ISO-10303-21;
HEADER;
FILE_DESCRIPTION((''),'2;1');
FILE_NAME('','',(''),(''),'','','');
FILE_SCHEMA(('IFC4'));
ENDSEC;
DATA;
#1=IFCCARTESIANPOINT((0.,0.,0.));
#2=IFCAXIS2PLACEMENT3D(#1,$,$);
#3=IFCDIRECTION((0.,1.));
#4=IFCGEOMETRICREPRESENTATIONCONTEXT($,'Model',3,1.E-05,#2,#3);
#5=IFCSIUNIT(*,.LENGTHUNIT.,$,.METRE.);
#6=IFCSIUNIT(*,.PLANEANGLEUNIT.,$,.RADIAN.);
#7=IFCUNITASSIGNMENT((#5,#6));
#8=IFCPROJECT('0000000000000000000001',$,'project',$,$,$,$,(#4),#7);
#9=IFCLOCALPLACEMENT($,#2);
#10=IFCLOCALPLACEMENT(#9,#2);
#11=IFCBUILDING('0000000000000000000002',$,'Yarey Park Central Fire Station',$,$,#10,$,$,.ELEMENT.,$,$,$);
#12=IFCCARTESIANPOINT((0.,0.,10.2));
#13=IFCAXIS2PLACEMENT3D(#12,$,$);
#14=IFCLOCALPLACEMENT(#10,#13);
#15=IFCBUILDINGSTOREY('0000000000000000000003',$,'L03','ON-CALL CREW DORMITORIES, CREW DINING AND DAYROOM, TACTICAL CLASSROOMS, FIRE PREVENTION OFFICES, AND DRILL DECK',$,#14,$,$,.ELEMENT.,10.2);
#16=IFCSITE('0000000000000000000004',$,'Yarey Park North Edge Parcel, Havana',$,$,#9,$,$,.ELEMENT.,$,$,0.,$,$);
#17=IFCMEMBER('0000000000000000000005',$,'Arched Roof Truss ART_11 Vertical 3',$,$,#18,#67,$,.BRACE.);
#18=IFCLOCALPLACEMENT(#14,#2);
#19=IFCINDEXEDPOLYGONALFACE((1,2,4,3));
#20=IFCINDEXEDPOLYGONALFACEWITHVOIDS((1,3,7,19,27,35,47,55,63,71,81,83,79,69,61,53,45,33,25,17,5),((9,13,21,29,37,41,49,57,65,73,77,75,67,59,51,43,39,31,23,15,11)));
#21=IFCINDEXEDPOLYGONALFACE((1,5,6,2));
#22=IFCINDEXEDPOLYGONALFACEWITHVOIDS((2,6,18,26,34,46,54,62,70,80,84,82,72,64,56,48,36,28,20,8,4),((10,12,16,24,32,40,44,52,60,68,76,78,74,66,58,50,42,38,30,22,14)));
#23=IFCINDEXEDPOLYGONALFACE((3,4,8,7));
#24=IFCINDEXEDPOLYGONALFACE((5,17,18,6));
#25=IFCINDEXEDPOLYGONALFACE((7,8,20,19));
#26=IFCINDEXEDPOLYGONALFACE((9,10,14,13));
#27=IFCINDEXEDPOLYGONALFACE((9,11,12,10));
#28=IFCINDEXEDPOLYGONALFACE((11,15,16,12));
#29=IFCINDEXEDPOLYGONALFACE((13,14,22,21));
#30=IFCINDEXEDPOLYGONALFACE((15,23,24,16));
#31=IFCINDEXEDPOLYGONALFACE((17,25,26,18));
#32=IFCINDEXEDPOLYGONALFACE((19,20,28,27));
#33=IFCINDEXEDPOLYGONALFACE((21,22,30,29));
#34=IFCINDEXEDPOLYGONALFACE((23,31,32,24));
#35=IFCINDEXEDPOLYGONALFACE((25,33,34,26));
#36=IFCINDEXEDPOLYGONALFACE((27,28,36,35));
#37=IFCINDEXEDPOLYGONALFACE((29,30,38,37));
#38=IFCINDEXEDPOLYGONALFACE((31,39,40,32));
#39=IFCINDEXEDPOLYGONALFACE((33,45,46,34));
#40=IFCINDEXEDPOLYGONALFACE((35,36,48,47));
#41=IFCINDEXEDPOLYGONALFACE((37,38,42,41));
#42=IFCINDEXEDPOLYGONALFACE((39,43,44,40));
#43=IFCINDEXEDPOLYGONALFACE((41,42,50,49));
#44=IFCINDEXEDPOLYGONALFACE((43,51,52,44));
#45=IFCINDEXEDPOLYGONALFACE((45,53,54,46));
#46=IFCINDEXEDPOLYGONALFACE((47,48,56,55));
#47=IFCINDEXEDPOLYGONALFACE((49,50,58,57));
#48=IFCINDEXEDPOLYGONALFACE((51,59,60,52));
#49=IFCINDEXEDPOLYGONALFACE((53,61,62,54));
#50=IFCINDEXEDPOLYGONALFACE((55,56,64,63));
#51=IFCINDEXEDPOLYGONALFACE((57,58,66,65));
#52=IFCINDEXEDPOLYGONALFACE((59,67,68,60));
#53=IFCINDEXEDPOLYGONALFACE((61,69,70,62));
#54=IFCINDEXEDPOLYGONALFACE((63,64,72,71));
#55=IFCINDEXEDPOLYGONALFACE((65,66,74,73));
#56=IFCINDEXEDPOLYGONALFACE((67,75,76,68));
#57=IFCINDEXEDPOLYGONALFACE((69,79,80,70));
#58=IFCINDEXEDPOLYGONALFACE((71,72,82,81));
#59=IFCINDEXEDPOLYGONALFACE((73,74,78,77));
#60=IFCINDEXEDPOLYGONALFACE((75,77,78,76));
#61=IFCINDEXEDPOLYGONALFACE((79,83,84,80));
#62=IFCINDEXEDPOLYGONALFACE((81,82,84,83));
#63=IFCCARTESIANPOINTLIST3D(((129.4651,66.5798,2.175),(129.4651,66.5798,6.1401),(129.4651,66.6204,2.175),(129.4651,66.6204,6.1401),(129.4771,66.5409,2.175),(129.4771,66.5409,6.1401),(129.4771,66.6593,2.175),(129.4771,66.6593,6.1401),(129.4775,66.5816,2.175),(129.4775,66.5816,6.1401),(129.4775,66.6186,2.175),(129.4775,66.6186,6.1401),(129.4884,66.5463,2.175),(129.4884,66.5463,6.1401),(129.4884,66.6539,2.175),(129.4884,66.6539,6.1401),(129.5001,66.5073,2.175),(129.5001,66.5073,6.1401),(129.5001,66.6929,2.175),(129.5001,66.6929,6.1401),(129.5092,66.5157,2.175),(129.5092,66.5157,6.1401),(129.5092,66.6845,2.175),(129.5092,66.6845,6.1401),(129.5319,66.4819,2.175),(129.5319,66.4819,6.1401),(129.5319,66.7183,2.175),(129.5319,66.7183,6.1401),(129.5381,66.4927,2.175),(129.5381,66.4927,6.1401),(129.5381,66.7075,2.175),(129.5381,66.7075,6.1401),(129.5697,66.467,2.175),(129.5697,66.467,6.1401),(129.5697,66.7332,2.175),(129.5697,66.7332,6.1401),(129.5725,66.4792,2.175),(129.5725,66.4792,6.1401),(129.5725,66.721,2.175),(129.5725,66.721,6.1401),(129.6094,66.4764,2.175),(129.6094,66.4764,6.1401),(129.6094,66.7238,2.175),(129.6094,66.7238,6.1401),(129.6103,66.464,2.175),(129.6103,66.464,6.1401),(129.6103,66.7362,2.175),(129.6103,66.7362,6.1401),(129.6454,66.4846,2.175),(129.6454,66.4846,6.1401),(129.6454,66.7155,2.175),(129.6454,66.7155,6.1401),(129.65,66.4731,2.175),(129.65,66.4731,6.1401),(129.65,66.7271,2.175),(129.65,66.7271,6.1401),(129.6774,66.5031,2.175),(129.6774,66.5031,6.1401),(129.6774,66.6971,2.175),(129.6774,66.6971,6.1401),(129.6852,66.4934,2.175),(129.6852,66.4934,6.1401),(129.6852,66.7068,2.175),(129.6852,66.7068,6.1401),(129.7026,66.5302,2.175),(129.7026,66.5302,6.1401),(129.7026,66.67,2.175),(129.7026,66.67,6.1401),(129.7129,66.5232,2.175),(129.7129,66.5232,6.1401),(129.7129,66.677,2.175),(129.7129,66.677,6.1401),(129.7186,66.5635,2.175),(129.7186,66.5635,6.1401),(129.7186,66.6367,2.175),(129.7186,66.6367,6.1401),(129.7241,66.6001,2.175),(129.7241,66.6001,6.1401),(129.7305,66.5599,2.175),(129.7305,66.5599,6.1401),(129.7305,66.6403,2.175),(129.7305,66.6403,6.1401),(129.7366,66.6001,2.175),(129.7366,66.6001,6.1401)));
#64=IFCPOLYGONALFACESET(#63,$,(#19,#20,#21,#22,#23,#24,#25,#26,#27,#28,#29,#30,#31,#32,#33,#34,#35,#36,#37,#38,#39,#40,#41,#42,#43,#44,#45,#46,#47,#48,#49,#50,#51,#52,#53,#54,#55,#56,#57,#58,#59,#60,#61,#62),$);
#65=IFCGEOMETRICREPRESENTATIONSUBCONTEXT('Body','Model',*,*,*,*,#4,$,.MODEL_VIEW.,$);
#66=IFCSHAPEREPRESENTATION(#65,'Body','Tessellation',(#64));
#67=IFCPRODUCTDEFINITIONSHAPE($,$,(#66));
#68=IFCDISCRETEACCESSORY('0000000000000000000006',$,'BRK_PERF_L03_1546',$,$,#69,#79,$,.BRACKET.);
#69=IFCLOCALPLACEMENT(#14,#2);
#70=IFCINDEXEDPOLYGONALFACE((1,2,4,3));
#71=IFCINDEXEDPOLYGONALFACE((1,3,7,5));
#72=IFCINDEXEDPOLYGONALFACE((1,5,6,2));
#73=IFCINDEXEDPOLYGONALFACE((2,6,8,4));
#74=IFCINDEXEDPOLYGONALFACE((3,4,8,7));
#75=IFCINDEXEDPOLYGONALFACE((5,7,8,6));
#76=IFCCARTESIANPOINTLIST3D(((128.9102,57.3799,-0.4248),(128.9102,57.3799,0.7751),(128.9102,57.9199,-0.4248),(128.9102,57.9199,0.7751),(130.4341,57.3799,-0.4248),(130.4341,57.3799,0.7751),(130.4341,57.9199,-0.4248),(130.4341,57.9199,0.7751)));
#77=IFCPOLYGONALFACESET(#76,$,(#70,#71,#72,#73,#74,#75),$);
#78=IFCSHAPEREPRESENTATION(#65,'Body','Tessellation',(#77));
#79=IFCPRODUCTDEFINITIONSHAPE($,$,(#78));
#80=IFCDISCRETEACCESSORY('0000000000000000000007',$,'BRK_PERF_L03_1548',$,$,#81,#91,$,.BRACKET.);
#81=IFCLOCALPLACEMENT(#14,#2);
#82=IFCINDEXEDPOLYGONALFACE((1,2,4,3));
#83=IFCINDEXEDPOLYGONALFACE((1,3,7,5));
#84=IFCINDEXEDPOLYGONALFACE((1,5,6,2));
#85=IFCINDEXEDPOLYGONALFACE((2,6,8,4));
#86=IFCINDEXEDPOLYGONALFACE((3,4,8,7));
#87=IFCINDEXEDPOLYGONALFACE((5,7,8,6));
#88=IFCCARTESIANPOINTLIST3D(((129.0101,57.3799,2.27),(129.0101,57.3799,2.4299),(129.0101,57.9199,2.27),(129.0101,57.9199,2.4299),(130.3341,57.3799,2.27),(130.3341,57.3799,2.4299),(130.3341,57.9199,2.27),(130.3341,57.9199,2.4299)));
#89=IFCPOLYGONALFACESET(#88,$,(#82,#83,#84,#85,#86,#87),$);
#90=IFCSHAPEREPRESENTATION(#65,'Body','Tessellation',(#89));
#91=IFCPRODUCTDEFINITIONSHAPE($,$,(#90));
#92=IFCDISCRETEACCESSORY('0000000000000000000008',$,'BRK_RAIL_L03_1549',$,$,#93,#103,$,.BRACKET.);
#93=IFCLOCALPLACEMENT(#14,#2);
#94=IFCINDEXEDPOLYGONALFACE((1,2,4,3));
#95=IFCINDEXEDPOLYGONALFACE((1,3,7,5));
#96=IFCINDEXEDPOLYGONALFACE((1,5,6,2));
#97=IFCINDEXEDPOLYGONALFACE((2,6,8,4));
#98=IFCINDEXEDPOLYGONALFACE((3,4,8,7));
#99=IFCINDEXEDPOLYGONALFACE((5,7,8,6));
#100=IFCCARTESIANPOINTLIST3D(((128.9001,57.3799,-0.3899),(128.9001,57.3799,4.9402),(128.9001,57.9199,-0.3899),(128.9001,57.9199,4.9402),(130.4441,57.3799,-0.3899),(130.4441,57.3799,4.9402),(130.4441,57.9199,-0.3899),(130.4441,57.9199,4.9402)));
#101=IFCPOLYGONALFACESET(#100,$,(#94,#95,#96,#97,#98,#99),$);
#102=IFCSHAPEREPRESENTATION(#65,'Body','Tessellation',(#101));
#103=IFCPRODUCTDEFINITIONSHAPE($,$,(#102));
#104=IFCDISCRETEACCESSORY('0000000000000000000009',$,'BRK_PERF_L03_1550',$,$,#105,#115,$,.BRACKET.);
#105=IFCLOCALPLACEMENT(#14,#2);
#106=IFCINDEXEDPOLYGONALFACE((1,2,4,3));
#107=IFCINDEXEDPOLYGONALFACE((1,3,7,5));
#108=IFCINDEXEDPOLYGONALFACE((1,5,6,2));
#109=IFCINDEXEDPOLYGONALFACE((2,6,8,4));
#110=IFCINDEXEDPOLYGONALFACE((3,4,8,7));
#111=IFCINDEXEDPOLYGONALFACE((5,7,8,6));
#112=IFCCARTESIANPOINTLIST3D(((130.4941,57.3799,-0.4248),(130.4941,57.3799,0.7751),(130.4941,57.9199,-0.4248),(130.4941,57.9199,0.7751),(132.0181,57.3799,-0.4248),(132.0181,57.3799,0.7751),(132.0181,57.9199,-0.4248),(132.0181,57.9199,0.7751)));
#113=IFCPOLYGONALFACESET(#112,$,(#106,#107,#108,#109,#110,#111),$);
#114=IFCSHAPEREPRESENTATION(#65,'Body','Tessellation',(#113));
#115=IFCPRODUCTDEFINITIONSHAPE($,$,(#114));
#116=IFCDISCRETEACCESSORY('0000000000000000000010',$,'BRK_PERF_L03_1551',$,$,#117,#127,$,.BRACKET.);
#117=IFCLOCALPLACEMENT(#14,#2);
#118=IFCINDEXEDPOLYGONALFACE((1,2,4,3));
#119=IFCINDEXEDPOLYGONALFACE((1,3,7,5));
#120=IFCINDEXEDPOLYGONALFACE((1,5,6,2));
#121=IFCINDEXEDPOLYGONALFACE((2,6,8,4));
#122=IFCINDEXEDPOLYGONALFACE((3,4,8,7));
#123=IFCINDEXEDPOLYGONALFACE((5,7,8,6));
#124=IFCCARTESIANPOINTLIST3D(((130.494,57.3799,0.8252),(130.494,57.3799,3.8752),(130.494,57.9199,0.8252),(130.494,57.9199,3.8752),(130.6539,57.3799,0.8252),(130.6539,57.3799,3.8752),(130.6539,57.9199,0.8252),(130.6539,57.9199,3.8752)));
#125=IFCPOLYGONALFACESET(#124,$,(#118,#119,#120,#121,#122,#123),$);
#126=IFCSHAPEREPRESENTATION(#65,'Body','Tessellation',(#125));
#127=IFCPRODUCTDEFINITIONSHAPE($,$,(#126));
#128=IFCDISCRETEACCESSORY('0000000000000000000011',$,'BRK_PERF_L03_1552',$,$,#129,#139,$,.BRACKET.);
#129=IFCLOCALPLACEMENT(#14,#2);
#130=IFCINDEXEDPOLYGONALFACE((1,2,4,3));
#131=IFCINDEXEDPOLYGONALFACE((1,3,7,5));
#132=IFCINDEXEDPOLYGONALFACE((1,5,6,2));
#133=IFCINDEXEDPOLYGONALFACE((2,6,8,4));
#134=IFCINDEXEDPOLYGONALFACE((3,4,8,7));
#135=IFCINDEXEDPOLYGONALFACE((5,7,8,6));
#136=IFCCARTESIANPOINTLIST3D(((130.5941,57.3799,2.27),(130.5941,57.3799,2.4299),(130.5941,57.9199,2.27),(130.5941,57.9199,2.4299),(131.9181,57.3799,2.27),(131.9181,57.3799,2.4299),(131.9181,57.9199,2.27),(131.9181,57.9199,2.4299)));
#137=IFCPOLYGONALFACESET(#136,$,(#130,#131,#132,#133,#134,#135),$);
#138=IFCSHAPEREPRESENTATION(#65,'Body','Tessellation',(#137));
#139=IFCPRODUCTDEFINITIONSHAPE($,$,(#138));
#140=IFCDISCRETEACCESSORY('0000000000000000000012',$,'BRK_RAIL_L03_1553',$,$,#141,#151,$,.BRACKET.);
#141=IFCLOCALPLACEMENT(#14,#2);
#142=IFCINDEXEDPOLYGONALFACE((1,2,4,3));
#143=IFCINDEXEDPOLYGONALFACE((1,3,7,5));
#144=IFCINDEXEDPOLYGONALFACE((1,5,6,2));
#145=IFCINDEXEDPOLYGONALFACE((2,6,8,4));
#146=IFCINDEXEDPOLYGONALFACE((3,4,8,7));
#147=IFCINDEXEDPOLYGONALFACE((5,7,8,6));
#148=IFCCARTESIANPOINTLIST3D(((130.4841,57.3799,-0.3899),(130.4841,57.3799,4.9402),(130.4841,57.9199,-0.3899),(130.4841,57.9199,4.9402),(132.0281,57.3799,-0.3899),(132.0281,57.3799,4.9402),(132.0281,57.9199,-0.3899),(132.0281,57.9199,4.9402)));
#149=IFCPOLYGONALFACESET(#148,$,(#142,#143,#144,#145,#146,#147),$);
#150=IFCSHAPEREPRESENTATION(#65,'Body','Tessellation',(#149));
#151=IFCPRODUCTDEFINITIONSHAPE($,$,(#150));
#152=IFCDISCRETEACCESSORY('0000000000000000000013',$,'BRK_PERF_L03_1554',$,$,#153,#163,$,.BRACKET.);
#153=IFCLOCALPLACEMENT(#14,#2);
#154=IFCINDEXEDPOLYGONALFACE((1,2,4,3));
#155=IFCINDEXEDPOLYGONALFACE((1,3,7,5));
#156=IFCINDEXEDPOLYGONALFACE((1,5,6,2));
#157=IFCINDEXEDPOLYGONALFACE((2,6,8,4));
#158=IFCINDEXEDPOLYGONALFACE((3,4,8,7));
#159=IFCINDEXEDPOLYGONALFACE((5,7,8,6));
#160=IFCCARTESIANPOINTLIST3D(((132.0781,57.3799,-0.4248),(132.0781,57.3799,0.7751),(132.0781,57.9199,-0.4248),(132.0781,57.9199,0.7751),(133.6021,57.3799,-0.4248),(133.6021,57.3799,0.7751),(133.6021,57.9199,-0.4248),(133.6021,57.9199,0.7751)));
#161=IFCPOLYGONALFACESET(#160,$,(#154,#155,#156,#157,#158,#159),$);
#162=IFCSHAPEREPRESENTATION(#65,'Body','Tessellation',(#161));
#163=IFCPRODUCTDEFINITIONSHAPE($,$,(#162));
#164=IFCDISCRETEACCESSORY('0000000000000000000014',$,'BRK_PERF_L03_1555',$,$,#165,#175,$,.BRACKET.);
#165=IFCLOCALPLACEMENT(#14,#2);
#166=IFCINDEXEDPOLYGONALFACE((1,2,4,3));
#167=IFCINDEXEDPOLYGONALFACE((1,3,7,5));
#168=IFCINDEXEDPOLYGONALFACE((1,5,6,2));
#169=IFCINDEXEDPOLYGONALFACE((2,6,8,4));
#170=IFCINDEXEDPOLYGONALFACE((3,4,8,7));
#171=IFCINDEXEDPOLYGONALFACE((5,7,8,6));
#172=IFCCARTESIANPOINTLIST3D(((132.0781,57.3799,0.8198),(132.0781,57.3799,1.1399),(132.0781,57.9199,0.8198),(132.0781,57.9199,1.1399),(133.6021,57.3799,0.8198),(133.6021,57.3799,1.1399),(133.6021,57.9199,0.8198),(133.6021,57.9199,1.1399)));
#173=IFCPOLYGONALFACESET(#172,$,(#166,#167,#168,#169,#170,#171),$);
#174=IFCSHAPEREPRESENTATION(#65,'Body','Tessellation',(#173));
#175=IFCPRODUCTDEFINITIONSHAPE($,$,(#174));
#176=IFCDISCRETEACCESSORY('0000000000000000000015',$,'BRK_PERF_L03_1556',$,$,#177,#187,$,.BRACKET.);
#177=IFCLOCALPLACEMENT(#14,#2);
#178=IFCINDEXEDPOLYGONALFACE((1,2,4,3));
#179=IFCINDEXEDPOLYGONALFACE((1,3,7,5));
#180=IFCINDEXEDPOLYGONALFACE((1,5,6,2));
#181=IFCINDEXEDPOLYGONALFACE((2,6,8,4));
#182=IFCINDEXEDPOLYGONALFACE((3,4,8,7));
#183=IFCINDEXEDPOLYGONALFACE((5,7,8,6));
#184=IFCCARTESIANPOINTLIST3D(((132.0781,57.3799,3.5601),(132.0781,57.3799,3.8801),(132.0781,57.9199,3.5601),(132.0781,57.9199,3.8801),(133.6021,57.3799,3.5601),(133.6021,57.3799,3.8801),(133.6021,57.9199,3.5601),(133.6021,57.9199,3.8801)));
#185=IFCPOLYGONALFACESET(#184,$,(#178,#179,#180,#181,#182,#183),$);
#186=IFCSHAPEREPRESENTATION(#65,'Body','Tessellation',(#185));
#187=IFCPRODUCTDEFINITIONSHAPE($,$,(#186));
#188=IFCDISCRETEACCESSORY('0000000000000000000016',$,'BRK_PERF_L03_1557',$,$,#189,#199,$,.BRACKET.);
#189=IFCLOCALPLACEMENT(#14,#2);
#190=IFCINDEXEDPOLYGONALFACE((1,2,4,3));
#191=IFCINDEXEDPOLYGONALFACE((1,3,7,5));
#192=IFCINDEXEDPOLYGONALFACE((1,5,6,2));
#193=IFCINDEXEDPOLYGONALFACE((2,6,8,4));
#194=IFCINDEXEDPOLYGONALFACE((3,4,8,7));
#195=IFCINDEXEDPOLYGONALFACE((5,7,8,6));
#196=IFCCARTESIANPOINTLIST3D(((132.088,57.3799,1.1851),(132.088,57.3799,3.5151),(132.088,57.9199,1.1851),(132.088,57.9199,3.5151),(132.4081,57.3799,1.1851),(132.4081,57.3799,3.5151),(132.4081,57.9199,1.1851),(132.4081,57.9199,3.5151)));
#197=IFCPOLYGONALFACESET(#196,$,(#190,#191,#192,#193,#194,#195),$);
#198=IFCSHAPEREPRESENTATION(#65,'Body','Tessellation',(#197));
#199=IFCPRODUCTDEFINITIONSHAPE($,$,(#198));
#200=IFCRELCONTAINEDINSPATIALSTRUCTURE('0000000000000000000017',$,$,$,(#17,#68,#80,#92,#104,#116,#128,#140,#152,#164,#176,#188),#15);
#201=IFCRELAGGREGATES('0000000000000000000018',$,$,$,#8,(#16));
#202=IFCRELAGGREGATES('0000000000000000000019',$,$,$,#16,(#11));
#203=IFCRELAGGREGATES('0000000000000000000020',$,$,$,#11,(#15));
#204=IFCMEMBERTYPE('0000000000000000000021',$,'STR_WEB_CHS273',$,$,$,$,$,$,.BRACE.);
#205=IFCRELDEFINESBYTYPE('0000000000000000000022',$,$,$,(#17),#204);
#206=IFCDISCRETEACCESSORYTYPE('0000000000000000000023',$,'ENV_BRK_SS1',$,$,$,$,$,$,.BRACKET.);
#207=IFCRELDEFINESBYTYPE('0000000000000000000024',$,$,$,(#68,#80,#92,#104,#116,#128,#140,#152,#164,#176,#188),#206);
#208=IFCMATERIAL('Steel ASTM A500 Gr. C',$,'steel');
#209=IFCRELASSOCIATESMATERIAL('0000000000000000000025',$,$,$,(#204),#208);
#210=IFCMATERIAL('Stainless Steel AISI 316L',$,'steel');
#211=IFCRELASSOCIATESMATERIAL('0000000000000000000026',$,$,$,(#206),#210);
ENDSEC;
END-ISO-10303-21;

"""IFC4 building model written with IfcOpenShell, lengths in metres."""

from ifc_helpers import new_model, si_unit, direction, frame, origin, origin_2d, place, context, subcontext, project, spatial, rectangle, hollow_circle, extrude, material, material_profile, profile_set, type_object, element, save


model = new_model("IFC4")

# Units and contexts
model_context = context("Model", 3, precision=1e-05, world=origin(), true_north=direction((0.0, 1.0)))
body_context = subcontext(model_context, "Body", "Model", "MODEL_VIEW")
ifc_project = project(units=[si_unit("LENGTHUNIT", "METRE"), si_unit("PLANEANGLEUNIT", "RADIAN")], contexts=[model_context])

# Site, building, storey
site_placement = place(None, origin())
site = spatial("IfcSite", under=ifc_project, at=site_placement, Name="Yarey Park North Edge Parcel, Havana", CompositionType="ELEMENT", RefElevation=0.0)
building_placement = place(site_placement, origin())
building = spatial("IfcBuilding", under=site, at=building_placement, Name="Yarey Park Central Fire Station", CompositionType="ELEMENT")
storey_placement = place(building_placement, frame((0.0, 0.0, 10.2)))
storey = spatial("IfcBuildingStorey", under=building, at=storey_placement, Name="L03", Description="ON-CALL CREW DORMITORIES, CREW DINING AND DAYROOM, TACTICAL CLASSROOMS, FIRE PREVENTION OFFICES, AND DRILL DECK", CompositionType="ELEMENT", Elevation=10.2)

# Shared definitions
ifc_material_1 = material(Name="Steel ASTM A500 Gr. C", Category="steel")

# Member
ifc_material_profile_1 = material_profile(ifc_material_1, hollow_circle(Radius=0.1365, WallThickness=0.0125, at=origin_2d()), Name="CHS 273x12.5")
ifc_profile_set_1 = profile_set([ifc_material_profile_1], Name="Steel ASTM A500 Gr. C")
member_type_1 = type_object("IfcMemberType", Name="STR_WEB_CHS273", PredefinedType="BRACE", material=ifc_profile_set_1)
member_1_placement = place(storey_placement, frame((129.6001, 66.6001, 2.175), z_axis=(0.0, 0.0, 1.0), x_axis=(1.0, 0.0, 0.0)))
element("IfcMember", 1, at=member_1_placement, inside=storey, type_object=member_type_1, Name="Arched Roof Truss ART_11 Vertical 3", PredefinedType="BRACE", context=body_context, shape_type="SweptSolid", body=[
    extrude(hollow_circle(Radius=0.1365, WallThickness=0.0125, at=origin_2d()), origin(), (0.0, 0.0, 1.0), 3.9651),
])

# Discrete accessories
ifc_material_2 = material(Name="Stainless Steel AISI 316L", Category="steel")
discrete_accessory_type = type_object("IfcDiscreteAccessoryType", Name="ENV_BRK_SS1", PredefinedType="BRACKET", material=ifc_material_2)
discrete_accessory_1_placement = place(storey_placement, frame((129.6721, 57.6499, -0.4248), z_axis=(0.0, 0.0, 1.0), x_axis=(1.0, 0.0, 0.0)))
element("IfcDiscreteAccessory", 2, at=discrete_accessory_1_placement, inside=storey, type_object=discrete_accessory_type, Name="BRK_PERF_L03_1546", PredefinedType="BRACKET", context=body_context, shape_type="SweptSolid", body=[
    extrude(rectangle(XDim=1.5239, YDim=0.54, at=origin_2d()), origin(), (0.0, 0.0, 1.0), 1.2),
])
discrete_accessory_2_placement = place(storey_placement, frame((129.6721, 57.6499, 2.27), z_axis=(0.0, 0.0, 1.0), x_axis=(1.0, 0.0, 0.0)))
element("IfcDiscreteAccessory", 3, at=discrete_accessory_2_placement, inside=storey, type_object=discrete_accessory_type, Name="BRK_PERF_L03_1548", PredefinedType="BRACKET", context=body_context, shape_type="SweptSolid", body=[
    extrude(rectangle(XDim=1.324, YDim=0.54, at=origin_2d()), origin(), (0.0, 0.0, 1.0), 0.1599),
])
discrete_accessory_3_placement = place(storey_placement, frame((129.6721, 57.6499, -0.3899), z_axis=(0.0, 0.0, 1.0), x_axis=(1.0, 0.0, 0.0)))
element("IfcDiscreteAccessory", 4, at=discrete_accessory_3_placement, inside=storey, type_object=discrete_accessory_type, Name="BRK_RAIL_L03_1549", PredefinedType="BRACKET", context=body_context, shape_type="SweptSolid", body=[
    extrude(rectangle(XDim=1.5439, YDim=0.54, at=origin_2d()), origin(), (0.0, 0.0, 1.0), 5.3301),
])
discrete_accessory_4_placement = place(storey_placement, frame((131.2561, 57.6499, -0.4248), z_axis=(0.0, 0.0, 1.0), x_axis=(1.0, 0.0, 0.0)))
element("IfcDiscreteAccessory", 5, at=discrete_accessory_4_placement, inside=storey, type_object=discrete_accessory_type, Name="BRK_PERF_L03_1550", PredefinedType="BRACKET", context=body_context, shape_type="SweptSolid", body=[
    extrude(rectangle(XDim=1.5239, YDim=0.54, at=origin_2d()), origin(), (0.0, 0.0, 1.0), 1.2),
])
discrete_accessory_5_placement = place(storey_placement, frame((130.574, 57.6499, 0.8252), z_axis=(0.0, 0.0, 1.0), x_axis=(1.0, 0.0, 0.0)))
element("IfcDiscreteAccessory", 6, at=discrete_accessory_5_placement, inside=storey, type_object=discrete_accessory_type, Name="BRK_PERF_L03_1551", PredefinedType="BRACKET", context=body_context, shape_type="SweptSolid", body=[
    extrude(rectangle(XDim=0.1599, YDim=0.54, at=origin_2d()), origin(), (0.0, 0.0, 1.0), 3.05),
])
discrete_accessory_6_placement = place(storey_placement, frame((131.2561, 57.6499, 2.27), z_axis=(0.0, 0.0, 1.0), x_axis=(1.0, 0.0, 0.0)))
element("IfcDiscreteAccessory", 7, at=discrete_accessory_6_placement, inside=storey, type_object=discrete_accessory_type, Name="BRK_PERF_L03_1552", PredefinedType="BRACKET", context=body_context, shape_type="SweptSolid", body=[
    extrude(rectangle(XDim=1.324, YDim=0.54, at=origin_2d()), origin(), (0.0, 0.0, 1.0), 0.1599),
])
discrete_accessory_7_placement = place(storey_placement, frame((131.2561, 57.6499, -0.3899), z_axis=(0.0, 0.0, 1.0), x_axis=(1.0, 0.0, 0.0)))
element("IfcDiscreteAccessory", 8, at=discrete_accessory_7_placement, inside=storey, type_object=discrete_accessory_type, Name="BRK_RAIL_L03_1553", PredefinedType="BRACKET", context=body_context, shape_type="SweptSolid", body=[
    extrude(rectangle(XDim=1.5439, YDim=0.54, at=origin_2d()), origin(), (0.0, 0.0, 1.0), 5.3301),
])
discrete_accessory_8_placement = place(storey_placement, frame((132.8401, 57.6499, -0.4248), z_axis=(0.0, 0.0, 1.0), x_axis=(1.0, 0.0, 0.0)))
element("IfcDiscreteAccessory", 9, at=discrete_accessory_8_placement, inside=storey, type_object=discrete_accessory_type, Name="BRK_PERF_L03_1554", PredefinedType="BRACKET", context=body_context, shape_type="SweptSolid", body=[
    extrude(rectangle(XDim=1.5239, YDim=0.54, at=origin_2d()), origin(), (0.0, 0.0, 1.0), 1.2),
])
for number, where, z_axis, x_axis, name in (
    (10, (132.8401, 57.6499, 0.8198), (0.0, 0.0, 1.0), (1.0, 0.0, 0.0), "BRK_PERF_L03_1555"),
    (11, (132.8401, 57.6499, 3.5601), (0.0, 0.0, 1.0), (1.0, 0.0, 0.0), "BRK_PERF_L03_1556"),
):
    element("IfcDiscreteAccessory", number, at=place(storey_placement, frame(where, z_axis=z_axis, x_axis=x_axis)), inside=storey, type_object=discrete_accessory_type, Name=name, PredefinedType="BRACKET", context=body_context, shape_type="SweptSolid", body=[
        extrude(rectangle(XDim=1.5239, YDim=0.54, at=origin_2d()), origin(), (0.0, 0.0, 1.0), 0.3201),
    ])
for number, where, z_axis, x_axis, name in (
    (12, (132.248, 57.6499, 1.1851), (0.0, 0.0, 1.0), (1.0, 0.0, 0.0), "BRK_PERF_L03_1557"),
):
    element("IfcDiscreteAccessory", number, at=place(storey_placement, frame(where, z_axis=z_axis, x_axis=x_axis)), inside=storey, type_object=discrete_accessory_type, Name=name, PredefinedType="BRACKET", context=body_context, shape_type="SweptSolid", body=[
        extrude(rectangle(XDim=0.3201, YDim=0.54, at=origin_2d()), origin(), (0.0, 0.0, 1.0), 2.3301),
    ])

save(model, "model.ifc")
